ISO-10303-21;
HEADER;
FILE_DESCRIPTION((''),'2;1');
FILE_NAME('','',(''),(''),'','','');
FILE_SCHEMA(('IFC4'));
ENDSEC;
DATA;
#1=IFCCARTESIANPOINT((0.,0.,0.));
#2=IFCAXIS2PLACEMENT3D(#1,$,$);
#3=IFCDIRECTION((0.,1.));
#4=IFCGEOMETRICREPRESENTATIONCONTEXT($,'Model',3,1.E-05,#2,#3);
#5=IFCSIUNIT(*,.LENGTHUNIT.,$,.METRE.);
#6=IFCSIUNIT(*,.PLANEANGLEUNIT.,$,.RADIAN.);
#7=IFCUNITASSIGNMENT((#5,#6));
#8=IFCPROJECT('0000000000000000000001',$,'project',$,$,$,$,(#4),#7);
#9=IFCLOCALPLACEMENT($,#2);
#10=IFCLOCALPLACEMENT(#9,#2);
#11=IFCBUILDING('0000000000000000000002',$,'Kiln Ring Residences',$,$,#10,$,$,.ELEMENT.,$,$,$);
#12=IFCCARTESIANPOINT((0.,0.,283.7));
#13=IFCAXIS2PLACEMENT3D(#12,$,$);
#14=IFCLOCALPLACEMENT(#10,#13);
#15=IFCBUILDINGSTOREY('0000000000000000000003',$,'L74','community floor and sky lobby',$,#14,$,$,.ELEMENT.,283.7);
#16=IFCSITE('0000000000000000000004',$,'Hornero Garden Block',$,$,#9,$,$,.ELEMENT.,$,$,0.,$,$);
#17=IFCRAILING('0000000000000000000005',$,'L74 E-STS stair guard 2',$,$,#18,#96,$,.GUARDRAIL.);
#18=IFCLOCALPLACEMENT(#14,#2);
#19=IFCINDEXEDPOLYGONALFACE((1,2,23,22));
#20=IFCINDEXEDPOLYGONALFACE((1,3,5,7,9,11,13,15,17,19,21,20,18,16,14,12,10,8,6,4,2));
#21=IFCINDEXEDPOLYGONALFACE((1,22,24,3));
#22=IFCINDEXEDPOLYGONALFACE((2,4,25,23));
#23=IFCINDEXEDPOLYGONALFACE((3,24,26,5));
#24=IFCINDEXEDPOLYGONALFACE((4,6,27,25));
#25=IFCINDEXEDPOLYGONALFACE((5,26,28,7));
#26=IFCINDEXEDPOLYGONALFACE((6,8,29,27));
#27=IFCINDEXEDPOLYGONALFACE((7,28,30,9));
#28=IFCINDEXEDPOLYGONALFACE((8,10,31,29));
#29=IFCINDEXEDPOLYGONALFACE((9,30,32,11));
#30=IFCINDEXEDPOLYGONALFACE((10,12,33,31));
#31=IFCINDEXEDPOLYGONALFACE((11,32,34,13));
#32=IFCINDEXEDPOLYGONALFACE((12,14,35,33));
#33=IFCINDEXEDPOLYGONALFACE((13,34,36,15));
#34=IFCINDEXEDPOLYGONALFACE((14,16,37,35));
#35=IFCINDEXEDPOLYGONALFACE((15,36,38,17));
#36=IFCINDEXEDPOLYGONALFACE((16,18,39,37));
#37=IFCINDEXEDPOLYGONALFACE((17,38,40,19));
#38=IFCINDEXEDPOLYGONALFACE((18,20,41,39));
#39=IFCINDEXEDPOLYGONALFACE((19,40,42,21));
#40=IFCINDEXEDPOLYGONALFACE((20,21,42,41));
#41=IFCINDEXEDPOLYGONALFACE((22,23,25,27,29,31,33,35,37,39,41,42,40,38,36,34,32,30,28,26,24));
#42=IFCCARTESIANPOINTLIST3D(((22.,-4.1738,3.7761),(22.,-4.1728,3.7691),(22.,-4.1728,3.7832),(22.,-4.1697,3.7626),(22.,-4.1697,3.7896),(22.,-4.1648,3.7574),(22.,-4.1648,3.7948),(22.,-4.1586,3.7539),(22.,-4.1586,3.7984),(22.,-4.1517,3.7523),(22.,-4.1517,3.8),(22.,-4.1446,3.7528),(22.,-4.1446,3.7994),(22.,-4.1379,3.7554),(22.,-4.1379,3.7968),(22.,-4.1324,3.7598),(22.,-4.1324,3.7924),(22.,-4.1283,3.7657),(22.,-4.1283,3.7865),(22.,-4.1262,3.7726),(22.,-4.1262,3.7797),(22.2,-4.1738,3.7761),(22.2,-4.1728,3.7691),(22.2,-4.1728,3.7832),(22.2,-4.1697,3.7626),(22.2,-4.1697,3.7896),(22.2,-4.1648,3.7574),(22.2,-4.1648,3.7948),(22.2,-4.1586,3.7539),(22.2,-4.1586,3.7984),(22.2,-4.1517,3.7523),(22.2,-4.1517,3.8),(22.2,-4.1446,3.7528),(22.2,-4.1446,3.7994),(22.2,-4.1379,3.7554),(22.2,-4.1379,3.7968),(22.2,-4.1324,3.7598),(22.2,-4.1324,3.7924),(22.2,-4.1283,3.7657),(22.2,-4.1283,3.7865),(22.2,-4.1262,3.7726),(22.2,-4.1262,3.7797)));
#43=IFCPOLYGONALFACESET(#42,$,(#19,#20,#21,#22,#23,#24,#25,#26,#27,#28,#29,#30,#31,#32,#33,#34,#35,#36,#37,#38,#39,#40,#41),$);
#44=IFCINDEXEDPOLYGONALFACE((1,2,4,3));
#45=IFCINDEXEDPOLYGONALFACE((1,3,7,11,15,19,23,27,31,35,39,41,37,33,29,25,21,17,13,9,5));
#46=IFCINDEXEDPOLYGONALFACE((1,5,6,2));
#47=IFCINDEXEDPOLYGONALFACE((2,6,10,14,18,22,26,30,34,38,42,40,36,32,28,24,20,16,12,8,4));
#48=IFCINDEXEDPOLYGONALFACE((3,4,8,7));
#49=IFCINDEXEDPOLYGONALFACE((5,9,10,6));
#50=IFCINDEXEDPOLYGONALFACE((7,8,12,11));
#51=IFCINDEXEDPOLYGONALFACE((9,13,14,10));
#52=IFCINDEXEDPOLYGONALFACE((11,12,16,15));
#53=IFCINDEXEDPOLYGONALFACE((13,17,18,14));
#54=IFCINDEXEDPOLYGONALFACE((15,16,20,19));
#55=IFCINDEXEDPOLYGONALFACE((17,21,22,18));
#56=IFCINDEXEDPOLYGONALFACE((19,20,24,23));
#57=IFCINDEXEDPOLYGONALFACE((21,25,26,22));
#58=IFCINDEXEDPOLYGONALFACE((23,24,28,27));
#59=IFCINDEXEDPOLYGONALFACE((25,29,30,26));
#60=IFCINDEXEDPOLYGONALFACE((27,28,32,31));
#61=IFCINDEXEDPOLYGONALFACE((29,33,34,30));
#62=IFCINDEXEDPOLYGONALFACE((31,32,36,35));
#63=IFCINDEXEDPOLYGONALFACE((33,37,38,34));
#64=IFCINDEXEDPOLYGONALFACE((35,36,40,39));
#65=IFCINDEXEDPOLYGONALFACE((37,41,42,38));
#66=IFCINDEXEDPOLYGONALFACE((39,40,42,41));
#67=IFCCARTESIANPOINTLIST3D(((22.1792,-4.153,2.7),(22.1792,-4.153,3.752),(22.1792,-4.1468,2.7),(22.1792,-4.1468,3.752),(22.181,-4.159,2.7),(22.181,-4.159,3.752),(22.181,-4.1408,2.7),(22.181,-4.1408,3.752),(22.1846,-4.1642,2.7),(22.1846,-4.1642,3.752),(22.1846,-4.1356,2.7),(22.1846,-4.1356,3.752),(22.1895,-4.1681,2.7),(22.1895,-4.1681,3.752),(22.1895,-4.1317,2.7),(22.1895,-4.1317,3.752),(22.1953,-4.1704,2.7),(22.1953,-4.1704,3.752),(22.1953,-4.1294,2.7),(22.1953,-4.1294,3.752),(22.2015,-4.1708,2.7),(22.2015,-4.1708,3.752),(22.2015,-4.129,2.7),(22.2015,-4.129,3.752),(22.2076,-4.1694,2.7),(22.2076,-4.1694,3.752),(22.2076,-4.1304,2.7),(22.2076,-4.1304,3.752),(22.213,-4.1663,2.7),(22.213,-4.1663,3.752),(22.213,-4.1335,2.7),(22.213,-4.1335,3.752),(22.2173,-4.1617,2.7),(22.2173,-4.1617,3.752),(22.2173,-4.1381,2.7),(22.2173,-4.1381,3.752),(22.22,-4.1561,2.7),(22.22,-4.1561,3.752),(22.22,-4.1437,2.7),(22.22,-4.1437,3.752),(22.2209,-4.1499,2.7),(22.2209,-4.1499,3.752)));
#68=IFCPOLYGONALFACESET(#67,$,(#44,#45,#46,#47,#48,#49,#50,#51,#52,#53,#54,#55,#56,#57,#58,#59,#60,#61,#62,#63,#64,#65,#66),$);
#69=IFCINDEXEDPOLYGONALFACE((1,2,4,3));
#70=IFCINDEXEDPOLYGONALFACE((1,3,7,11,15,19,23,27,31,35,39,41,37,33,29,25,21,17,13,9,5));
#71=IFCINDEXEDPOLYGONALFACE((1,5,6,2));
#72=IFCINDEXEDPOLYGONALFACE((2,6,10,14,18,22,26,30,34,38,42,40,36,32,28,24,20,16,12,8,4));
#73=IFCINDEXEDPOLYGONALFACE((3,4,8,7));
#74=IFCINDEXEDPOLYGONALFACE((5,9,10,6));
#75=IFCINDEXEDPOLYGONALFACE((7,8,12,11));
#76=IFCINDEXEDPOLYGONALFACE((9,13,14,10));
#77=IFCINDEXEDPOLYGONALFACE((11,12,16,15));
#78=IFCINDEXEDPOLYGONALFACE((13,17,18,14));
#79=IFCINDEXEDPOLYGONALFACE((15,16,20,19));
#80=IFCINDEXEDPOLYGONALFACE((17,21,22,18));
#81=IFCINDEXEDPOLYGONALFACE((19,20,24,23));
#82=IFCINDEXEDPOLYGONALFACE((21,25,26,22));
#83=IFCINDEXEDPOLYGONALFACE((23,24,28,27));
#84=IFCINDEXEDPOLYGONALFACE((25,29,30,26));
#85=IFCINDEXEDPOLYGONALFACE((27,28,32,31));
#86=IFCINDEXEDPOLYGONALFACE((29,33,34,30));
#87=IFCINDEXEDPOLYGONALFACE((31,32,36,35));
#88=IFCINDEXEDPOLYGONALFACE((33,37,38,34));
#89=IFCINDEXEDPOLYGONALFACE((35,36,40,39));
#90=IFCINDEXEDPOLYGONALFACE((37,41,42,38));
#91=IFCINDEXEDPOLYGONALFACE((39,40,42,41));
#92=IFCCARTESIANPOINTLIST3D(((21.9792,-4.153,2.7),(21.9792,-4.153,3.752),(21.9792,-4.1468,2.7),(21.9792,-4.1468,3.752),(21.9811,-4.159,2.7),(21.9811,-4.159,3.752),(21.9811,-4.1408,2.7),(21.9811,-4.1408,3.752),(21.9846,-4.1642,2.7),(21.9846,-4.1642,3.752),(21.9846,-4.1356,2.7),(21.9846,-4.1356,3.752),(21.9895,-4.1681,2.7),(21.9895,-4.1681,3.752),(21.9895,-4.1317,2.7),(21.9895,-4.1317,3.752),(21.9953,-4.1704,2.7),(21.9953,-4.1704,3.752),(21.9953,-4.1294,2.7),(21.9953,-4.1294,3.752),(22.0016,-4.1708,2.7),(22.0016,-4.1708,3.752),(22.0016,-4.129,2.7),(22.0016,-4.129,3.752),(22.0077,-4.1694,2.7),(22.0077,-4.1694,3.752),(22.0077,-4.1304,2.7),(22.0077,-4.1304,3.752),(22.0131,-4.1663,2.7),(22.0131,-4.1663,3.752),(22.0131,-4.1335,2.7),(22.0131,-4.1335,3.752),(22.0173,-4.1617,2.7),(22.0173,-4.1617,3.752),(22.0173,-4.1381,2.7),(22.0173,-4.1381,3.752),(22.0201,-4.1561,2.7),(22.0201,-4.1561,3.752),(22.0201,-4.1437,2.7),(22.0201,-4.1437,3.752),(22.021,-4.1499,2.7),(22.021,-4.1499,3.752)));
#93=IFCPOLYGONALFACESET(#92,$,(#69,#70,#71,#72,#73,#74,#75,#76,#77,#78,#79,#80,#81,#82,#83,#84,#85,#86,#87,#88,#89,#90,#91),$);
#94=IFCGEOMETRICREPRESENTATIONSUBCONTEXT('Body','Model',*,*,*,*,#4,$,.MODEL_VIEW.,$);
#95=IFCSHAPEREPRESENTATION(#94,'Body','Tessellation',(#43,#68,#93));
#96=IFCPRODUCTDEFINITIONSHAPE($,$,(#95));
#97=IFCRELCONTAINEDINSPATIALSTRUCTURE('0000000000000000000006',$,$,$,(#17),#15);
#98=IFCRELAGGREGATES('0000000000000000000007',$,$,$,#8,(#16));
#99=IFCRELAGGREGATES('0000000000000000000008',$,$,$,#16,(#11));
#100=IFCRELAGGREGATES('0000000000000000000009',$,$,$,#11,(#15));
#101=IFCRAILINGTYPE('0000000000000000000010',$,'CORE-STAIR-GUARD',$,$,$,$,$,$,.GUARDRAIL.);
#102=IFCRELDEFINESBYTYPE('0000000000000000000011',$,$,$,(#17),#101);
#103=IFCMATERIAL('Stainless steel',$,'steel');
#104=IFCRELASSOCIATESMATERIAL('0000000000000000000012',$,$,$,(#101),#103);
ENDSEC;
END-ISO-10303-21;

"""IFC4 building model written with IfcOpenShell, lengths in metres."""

from ifc_helpers import new_model, si_unit, direction, frame, origin, origin_2d, place, context, subcontext, project, spatial, circle, extrude, material, type_object, element, save


model = new_model("IFC4")

# Units and contexts
model_context = context("Model", 3, precision=1e-05, world=origin(), true_north=direction((0.0, 1.0)))
body_context = subcontext(model_context, "Body", "Model", "MODEL_VIEW")
ifc_project = project(units=[si_unit("LENGTHUNIT", "METRE"), si_unit("PLANEANGLEUNIT", "RADIAN")], contexts=[model_context])

# Site, building, storey
site_placement = place(None, origin())
site = spatial("IfcSite", under=ifc_project, at=site_placement, Name="Hornero Garden Block", CompositionType="ELEMENT", RefElevation=0.0)
building_placement = place(site_placement, origin())
building = spatial("IfcBuilding", under=site, at=building_placement, Name="Kiln Ring Residences", CompositionType="ELEMENT")
storey_placement = place(building_placement, frame((0.0, 0.0, 283.7)))
storey = spatial("IfcBuildingStorey", under=building, at=storey_placement, Name="L74", Description="community floor and sky lobby", CompositionType="ELEMENT", Elevation=283.7)

# Railing
ifc_material_1 = material(Name="Stainless steel", Category="steel")
railing_type_1 = type_object("IfcRailingType", Name="CORE-STAIR-GUARD", PredefinedType="GUARDRAIL", material=ifc_material_1)
railing_1_placement = place(storey_placement, frame((22.2, -4.1499, 2.7)))
element("IfcRailing", 1, at=railing_1_placement, inside=storey, type_object=railing_type_1, Name="L74 E-STS stair guard 2", PredefinedType="GUARDRAIL", context=body_context, shape_type="SweptSolid", body=[
    extrude(circle(Radius=0.0239, at=origin_2d()), frame((0.0, 0.0, 1.0762), z_axis=(-1.0, 0.0, 0.0), x_axis=(0.0, -1.0, 0.0)), (0.0, 0.0, 1.0), 0.2),
    extrude(circle(Radius=0.021, at=origin_2d()), origin(), (0.0, 0.0, 1.0), 1.052),
    extrude(circle(Radius=0.021, at=origin_2d()), frame((-0.2, 0.0, 0.0)), (0.0, 0.0, 1.0), 1.052),
])

save(model, "model.ifc")
